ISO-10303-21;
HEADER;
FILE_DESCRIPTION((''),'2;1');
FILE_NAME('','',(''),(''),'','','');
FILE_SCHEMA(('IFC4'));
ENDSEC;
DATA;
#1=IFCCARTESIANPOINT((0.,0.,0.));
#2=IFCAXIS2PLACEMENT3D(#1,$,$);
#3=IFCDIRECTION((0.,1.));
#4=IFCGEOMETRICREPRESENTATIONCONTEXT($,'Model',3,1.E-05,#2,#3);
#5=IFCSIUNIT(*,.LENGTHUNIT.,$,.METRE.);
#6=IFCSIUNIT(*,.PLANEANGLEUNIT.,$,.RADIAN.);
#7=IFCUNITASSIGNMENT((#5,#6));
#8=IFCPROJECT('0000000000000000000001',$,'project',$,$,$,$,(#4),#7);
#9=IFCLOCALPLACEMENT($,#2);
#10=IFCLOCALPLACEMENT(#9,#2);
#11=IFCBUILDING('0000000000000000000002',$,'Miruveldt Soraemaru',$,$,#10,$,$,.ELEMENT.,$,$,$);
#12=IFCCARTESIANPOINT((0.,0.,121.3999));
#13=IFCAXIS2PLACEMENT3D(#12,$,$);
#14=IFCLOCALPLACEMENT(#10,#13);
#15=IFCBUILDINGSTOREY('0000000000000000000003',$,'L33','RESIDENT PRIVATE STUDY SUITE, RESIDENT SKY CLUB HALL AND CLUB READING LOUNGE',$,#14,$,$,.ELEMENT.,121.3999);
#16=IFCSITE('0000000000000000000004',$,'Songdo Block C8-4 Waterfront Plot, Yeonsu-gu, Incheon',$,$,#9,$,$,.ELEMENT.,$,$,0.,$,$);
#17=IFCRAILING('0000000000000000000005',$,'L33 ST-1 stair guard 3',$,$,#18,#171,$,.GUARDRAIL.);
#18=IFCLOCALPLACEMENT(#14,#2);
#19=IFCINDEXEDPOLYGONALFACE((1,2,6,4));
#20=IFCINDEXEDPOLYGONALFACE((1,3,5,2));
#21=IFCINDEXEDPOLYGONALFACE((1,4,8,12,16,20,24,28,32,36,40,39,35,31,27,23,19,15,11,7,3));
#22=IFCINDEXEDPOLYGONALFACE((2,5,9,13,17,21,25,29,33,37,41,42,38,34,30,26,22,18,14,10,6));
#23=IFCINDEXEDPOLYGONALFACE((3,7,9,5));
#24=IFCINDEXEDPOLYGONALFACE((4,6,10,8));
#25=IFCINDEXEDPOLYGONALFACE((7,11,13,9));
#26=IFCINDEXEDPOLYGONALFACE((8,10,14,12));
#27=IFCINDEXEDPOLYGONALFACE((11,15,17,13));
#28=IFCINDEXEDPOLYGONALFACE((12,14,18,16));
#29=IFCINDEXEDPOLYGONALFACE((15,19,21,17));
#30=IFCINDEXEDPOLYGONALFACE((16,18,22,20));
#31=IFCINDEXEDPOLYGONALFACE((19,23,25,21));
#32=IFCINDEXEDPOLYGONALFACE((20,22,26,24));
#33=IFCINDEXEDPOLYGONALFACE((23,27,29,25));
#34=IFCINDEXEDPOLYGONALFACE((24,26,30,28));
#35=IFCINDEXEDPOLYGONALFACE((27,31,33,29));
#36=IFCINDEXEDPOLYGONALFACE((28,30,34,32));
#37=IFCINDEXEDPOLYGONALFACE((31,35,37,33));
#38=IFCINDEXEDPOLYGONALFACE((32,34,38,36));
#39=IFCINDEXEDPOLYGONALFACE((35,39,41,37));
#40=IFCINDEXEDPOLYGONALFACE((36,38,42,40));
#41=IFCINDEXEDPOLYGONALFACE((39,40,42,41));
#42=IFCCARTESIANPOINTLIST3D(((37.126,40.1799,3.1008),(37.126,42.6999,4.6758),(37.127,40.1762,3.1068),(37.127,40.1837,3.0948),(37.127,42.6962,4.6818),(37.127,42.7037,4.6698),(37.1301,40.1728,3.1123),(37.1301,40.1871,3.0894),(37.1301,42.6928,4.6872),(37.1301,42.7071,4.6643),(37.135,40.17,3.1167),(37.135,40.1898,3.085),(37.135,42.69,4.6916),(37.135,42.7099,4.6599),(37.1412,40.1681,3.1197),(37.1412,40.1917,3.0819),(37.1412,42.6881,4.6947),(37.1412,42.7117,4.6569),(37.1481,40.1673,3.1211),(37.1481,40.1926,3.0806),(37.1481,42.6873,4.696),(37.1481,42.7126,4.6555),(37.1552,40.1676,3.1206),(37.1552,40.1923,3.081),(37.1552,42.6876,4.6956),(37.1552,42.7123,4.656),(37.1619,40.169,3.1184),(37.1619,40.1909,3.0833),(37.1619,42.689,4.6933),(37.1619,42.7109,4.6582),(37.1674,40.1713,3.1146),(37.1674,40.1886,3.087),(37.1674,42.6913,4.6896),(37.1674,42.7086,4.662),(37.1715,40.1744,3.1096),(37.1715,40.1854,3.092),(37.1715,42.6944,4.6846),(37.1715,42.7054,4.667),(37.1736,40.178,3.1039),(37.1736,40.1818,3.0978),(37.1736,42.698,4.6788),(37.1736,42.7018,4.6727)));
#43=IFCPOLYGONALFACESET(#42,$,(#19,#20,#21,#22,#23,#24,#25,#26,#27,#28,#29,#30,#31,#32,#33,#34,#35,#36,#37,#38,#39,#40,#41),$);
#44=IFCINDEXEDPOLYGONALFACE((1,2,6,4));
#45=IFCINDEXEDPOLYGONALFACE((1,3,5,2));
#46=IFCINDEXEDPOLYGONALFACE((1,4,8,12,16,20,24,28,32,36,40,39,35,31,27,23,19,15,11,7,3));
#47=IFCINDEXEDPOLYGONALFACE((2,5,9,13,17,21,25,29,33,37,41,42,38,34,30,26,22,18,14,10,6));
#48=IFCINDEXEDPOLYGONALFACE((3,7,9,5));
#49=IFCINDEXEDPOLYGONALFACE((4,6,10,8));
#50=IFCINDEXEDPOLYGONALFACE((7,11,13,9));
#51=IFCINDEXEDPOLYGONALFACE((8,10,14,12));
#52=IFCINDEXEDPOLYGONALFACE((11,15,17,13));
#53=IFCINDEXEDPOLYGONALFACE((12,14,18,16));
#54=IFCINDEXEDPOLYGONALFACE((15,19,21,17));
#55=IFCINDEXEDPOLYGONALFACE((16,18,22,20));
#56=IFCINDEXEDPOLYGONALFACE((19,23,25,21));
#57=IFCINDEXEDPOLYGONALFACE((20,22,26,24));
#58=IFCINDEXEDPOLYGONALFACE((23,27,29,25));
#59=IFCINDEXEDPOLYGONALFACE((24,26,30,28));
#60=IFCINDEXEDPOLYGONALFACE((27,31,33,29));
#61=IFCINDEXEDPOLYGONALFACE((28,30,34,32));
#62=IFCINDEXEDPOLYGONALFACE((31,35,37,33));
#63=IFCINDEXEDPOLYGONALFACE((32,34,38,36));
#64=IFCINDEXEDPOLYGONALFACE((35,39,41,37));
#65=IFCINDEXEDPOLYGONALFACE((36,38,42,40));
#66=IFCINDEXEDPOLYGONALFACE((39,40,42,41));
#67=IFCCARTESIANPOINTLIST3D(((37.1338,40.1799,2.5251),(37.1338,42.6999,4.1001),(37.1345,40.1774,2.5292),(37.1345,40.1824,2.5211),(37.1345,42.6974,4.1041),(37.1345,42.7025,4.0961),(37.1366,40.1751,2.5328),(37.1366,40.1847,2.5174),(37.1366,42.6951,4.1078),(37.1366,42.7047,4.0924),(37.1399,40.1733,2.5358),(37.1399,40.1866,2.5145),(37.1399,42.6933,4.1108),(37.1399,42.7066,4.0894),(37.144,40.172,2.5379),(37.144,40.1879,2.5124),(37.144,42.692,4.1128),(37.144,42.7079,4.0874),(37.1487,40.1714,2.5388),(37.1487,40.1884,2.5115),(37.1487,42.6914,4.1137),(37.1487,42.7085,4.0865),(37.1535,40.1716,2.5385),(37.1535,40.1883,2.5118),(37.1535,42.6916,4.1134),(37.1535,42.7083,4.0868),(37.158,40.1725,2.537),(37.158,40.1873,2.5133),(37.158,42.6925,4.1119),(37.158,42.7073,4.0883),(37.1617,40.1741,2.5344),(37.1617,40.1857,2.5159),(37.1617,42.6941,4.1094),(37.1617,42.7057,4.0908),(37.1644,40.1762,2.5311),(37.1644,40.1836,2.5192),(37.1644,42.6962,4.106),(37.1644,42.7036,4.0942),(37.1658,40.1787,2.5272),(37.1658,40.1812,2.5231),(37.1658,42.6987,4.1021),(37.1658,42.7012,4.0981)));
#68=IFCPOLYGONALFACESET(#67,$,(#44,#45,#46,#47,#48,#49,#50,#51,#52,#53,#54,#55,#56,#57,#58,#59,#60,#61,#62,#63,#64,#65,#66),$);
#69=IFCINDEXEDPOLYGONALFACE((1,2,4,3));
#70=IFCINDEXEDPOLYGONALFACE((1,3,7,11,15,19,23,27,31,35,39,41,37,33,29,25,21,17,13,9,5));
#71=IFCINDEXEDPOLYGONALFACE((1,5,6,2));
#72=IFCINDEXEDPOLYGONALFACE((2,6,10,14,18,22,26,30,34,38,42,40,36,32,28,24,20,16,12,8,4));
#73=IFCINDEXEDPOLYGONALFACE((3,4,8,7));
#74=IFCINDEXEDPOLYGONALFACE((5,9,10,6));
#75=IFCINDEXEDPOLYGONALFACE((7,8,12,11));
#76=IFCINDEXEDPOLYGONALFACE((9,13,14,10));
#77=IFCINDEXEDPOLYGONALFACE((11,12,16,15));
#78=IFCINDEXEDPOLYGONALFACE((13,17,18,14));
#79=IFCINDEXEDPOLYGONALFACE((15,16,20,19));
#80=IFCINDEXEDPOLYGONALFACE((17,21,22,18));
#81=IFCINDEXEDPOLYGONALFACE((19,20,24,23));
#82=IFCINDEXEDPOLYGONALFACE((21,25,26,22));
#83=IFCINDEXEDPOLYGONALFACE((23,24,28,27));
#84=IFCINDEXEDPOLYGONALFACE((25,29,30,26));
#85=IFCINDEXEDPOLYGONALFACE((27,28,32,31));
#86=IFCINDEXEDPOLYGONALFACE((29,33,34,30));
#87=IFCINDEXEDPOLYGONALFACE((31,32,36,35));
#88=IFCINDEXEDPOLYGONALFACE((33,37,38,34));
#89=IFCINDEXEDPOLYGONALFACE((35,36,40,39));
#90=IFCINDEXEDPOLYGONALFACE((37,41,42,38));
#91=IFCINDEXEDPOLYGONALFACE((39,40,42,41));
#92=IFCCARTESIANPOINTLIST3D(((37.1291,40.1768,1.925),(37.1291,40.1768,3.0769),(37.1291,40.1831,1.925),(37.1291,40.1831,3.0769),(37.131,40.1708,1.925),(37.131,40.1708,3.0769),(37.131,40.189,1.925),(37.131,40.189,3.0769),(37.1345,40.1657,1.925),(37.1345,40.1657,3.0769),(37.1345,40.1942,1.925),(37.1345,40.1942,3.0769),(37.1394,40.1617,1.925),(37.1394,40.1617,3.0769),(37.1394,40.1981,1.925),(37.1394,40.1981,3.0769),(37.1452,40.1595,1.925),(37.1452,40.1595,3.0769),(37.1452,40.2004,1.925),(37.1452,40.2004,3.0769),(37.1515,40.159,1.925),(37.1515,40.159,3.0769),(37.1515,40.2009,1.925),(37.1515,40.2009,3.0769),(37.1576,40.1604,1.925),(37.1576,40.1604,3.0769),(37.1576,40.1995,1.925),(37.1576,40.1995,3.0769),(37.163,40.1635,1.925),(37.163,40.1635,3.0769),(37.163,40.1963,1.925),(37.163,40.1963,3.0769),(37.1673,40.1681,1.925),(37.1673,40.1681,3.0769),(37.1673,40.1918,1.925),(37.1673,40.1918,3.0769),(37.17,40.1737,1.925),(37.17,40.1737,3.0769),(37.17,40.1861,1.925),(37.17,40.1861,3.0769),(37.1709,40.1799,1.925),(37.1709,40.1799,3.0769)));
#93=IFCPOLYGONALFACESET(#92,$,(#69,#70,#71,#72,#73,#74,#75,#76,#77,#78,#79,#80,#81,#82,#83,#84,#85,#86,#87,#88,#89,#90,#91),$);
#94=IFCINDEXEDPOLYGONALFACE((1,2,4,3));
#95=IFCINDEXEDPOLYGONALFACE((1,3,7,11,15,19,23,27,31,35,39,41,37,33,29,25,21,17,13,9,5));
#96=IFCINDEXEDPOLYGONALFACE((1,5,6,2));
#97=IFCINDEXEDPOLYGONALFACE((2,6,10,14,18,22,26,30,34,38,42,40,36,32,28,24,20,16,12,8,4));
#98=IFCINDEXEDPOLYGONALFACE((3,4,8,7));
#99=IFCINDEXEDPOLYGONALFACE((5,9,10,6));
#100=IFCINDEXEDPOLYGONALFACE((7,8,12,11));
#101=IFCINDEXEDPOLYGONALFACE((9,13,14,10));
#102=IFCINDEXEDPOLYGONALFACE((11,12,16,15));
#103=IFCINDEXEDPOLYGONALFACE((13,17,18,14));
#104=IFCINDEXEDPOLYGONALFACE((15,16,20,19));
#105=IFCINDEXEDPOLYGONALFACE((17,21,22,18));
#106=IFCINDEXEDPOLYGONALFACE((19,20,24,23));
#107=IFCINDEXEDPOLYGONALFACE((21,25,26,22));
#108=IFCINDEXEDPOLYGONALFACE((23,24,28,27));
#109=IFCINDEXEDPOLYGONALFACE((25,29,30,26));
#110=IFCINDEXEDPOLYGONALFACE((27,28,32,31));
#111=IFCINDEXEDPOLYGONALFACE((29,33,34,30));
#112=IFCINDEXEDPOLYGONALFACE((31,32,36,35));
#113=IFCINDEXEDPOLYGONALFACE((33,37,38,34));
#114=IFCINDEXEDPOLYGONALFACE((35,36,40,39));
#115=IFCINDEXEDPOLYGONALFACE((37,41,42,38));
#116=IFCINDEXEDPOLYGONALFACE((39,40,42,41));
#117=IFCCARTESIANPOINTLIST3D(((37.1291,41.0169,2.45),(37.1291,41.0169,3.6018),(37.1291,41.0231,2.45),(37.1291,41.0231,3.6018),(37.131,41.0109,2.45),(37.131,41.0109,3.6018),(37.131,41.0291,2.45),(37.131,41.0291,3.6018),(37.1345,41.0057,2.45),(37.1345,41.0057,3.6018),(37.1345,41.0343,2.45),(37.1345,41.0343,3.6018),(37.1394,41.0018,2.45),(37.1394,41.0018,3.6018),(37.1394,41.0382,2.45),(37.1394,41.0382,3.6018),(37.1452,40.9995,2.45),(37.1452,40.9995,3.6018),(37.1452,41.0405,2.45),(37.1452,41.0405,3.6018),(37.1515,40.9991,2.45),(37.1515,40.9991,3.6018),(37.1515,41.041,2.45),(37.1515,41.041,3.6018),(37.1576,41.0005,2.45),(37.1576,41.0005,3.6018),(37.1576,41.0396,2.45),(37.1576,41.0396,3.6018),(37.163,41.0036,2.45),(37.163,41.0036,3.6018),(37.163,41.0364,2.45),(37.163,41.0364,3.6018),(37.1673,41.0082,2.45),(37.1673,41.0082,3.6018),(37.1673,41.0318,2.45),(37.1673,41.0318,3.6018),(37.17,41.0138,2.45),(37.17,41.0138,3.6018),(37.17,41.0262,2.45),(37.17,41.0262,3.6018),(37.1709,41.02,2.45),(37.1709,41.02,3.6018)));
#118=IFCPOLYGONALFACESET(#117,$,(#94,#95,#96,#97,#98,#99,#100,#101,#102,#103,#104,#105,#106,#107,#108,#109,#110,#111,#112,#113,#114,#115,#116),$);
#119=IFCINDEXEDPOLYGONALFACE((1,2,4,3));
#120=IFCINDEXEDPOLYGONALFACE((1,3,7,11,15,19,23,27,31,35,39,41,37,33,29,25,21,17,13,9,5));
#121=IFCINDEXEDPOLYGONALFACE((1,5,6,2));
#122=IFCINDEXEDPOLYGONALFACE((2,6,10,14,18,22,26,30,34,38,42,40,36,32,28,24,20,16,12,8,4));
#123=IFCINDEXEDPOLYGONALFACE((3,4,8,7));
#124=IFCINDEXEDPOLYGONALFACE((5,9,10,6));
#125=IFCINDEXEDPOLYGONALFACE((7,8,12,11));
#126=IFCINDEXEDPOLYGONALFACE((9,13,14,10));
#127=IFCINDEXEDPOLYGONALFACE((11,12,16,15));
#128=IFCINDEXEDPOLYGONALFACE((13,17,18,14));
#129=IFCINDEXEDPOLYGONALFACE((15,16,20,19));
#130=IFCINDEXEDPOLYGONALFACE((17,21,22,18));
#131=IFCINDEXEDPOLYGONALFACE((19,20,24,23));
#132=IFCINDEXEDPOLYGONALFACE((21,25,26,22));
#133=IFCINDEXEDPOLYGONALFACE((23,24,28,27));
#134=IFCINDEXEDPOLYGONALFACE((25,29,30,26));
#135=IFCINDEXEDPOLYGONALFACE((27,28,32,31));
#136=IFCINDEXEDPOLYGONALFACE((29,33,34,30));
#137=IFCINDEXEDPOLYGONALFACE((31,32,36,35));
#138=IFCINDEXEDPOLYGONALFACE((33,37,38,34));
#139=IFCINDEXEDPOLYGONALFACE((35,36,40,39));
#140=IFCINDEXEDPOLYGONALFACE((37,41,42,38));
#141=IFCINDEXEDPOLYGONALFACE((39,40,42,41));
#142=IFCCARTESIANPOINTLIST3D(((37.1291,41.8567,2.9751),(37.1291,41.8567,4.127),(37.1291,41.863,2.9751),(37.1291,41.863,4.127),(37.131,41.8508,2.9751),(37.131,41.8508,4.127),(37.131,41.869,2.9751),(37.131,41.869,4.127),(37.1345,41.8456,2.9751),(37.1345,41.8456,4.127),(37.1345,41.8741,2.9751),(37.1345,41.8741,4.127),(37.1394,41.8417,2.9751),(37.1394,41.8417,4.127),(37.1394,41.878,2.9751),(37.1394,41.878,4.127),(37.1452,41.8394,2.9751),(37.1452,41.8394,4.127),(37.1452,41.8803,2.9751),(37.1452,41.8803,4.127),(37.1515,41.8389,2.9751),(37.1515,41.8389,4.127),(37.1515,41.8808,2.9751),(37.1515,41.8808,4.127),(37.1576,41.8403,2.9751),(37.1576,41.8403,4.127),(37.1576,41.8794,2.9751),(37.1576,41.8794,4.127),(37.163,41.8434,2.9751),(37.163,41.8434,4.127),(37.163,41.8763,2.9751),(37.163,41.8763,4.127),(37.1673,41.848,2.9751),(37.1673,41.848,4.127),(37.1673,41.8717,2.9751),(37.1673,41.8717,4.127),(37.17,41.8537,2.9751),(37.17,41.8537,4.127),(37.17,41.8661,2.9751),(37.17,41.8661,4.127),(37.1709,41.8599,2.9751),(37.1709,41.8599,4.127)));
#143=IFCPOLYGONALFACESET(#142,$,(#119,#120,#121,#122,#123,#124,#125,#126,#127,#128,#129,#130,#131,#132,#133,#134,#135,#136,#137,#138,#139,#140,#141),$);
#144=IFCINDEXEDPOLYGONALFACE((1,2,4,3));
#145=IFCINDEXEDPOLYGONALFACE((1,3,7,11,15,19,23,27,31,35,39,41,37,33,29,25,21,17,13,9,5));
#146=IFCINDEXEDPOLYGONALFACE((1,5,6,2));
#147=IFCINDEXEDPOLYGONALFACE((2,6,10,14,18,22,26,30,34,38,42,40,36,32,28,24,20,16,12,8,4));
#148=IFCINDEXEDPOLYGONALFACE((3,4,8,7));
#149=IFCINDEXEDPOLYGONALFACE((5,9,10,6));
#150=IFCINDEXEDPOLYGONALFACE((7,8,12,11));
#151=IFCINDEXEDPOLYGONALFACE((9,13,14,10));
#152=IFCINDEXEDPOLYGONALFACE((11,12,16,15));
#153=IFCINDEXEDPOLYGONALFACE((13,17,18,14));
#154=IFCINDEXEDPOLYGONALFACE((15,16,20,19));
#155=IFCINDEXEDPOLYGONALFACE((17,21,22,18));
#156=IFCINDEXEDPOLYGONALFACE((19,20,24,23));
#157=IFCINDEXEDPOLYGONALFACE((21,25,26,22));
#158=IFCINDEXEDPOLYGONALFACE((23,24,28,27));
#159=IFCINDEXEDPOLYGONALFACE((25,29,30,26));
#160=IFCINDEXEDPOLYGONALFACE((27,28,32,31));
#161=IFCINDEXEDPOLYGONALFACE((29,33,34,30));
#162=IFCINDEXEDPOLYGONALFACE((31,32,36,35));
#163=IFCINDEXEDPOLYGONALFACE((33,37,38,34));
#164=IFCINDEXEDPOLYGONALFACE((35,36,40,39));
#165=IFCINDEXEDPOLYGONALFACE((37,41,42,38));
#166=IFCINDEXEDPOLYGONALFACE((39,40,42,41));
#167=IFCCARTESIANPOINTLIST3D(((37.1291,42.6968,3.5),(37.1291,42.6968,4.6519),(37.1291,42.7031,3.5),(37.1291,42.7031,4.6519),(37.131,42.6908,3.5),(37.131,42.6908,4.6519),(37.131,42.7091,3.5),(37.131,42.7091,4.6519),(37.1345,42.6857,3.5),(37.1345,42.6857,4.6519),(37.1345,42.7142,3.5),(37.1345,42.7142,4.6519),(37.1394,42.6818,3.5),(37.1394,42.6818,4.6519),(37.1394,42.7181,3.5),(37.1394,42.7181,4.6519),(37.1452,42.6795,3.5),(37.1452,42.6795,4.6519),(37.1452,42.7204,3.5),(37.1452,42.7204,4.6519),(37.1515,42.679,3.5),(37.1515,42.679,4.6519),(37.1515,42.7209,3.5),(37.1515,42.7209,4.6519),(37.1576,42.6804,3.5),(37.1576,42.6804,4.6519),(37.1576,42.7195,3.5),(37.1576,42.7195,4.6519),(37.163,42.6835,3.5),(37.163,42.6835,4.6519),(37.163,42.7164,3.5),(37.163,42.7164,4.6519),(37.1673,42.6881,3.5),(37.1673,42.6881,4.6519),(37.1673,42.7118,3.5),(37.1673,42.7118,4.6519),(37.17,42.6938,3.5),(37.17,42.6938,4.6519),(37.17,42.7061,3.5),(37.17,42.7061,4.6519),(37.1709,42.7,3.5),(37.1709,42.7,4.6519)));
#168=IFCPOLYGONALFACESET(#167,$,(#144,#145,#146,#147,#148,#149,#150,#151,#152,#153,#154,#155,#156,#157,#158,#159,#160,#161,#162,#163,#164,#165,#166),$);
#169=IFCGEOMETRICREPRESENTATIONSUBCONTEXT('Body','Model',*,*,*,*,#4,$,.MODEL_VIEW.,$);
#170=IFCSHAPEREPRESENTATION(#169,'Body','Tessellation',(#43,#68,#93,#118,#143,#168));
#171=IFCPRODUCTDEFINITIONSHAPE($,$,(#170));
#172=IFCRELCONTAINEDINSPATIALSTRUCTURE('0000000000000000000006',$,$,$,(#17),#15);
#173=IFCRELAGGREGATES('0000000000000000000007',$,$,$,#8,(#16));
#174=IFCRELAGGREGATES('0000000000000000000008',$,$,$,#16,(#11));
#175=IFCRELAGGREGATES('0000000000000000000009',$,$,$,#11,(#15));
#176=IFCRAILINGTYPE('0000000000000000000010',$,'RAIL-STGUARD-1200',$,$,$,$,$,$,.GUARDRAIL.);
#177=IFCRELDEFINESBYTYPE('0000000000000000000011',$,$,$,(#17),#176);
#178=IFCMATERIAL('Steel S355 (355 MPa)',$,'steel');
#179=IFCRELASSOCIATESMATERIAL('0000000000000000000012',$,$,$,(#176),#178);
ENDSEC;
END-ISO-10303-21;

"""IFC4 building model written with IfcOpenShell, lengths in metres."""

from ifc_helpers import new_model, si_unit, direction, frame, origin, origin_2d, place, context, subcontext, project, spatial, circle, extrude, material, type_object, element, save


model = new_model("IFC4")

# Units and contexts
model_context = context("Model", 3, precision=1e-05, world=origin(), true_north=direction((0.0, 1.0)))
body_context = subcontext(model_context, "Body", "Model", "MODEL_VIEW")
ifc_project = project(units=[si_unit("LENGTHUNIT", "METRE"), si_unit("PLANEANGLEUNIT", "RADIAN")], contexts=[model_context])

# Site, building, storey
site_placement = place(None, origin())
site = spatial("IfcSite", under=ifc_project, at=site_placement, Name="Songdo Block C8-4 Waterfront Plot, Yeonsu-gu, Incheon", CompositionType="ELEMENT", RefElevation=0.0)
building_placement = place(site_placement, origin())
building = spatial("IfcBuilding", under=site, at=building_placement, Name="Miruveldt Soraemaru", CompositionType="ELEMENT")
storey_placement = place(building_placement, frame((0.0, 0.0, 121.3999)))
storey = spatial("IfcBuildingStorey", under=building, at=storey_placement, Name="L33", Description="RESIDENT PRIVATE STUDY SUITE, RESIDENT SKY CLUB HALL AND CLUB READING LOUNGE", CompositionType="ELEMENT", Elevation=121.3999)

# Railing
ifc_material_1 = material(Name="Steel S355 (355 MPa)", Category="steel")
railing_type_1 = type_object("IfcRailingType", Name="RAIL-STGUARD-1200", PredefinedType="GUARDRAIL", material=ifc_material_1)
railing_1_placement = place(storey_placement, frame((37.1499, 40.1799, 1.925)))
element("IfcRailing", 1, at=railing_1_placement, inside=storey, type_object=railing_type_1, Name="L33 ST-1 stair guard 3", PredefinedType="GUARDRAIL", context=body_context, shape_type="SweptSolid", body=[
    extrude(circle(Radius=0.0239, at=origin_2d()), frame((0.0, 0.0, 1.1758), z_axis=(0.0, 0.848008, 0.529984), x_axis=(-1.0, 0.0, 0.0)), (0.0, 0.0, 1.0), 2.9717),
    extrude(circle(Radius=0.0161, at=origin_2d()), frame((0.0, 0.0, 0.6001), z_axis=(0.0, 0.848008, 0.529984), x_axis=(-1.0, 0.0, 0.0)), (0.0, 0.0, 1.0), 2.9717),
    extrude(circle(Radius=0.021, at=origin_2d()), origin(), (0.0, 0.0, 1.0), 1.1519),
    extrude(circle(Radius=0.021, at=origin_2d()), frame((0.0, 0.8401, 0.5249)), (0.0, 0.0, 1.0), 1.1519),
    extrude(circle(Radius=0.021, at=origin_2d()), frame((0.0, 1.6799, 1.05)), (0.0, 0.0, 1.0), 1.1519),
    extrude(circle(Radius=0.021, at=origin_2d()), frame((0.0, 2.52, 1.575)), (0.0, 0.0, 1.0), 1.1519),
])

save(model, "model.ifc")
